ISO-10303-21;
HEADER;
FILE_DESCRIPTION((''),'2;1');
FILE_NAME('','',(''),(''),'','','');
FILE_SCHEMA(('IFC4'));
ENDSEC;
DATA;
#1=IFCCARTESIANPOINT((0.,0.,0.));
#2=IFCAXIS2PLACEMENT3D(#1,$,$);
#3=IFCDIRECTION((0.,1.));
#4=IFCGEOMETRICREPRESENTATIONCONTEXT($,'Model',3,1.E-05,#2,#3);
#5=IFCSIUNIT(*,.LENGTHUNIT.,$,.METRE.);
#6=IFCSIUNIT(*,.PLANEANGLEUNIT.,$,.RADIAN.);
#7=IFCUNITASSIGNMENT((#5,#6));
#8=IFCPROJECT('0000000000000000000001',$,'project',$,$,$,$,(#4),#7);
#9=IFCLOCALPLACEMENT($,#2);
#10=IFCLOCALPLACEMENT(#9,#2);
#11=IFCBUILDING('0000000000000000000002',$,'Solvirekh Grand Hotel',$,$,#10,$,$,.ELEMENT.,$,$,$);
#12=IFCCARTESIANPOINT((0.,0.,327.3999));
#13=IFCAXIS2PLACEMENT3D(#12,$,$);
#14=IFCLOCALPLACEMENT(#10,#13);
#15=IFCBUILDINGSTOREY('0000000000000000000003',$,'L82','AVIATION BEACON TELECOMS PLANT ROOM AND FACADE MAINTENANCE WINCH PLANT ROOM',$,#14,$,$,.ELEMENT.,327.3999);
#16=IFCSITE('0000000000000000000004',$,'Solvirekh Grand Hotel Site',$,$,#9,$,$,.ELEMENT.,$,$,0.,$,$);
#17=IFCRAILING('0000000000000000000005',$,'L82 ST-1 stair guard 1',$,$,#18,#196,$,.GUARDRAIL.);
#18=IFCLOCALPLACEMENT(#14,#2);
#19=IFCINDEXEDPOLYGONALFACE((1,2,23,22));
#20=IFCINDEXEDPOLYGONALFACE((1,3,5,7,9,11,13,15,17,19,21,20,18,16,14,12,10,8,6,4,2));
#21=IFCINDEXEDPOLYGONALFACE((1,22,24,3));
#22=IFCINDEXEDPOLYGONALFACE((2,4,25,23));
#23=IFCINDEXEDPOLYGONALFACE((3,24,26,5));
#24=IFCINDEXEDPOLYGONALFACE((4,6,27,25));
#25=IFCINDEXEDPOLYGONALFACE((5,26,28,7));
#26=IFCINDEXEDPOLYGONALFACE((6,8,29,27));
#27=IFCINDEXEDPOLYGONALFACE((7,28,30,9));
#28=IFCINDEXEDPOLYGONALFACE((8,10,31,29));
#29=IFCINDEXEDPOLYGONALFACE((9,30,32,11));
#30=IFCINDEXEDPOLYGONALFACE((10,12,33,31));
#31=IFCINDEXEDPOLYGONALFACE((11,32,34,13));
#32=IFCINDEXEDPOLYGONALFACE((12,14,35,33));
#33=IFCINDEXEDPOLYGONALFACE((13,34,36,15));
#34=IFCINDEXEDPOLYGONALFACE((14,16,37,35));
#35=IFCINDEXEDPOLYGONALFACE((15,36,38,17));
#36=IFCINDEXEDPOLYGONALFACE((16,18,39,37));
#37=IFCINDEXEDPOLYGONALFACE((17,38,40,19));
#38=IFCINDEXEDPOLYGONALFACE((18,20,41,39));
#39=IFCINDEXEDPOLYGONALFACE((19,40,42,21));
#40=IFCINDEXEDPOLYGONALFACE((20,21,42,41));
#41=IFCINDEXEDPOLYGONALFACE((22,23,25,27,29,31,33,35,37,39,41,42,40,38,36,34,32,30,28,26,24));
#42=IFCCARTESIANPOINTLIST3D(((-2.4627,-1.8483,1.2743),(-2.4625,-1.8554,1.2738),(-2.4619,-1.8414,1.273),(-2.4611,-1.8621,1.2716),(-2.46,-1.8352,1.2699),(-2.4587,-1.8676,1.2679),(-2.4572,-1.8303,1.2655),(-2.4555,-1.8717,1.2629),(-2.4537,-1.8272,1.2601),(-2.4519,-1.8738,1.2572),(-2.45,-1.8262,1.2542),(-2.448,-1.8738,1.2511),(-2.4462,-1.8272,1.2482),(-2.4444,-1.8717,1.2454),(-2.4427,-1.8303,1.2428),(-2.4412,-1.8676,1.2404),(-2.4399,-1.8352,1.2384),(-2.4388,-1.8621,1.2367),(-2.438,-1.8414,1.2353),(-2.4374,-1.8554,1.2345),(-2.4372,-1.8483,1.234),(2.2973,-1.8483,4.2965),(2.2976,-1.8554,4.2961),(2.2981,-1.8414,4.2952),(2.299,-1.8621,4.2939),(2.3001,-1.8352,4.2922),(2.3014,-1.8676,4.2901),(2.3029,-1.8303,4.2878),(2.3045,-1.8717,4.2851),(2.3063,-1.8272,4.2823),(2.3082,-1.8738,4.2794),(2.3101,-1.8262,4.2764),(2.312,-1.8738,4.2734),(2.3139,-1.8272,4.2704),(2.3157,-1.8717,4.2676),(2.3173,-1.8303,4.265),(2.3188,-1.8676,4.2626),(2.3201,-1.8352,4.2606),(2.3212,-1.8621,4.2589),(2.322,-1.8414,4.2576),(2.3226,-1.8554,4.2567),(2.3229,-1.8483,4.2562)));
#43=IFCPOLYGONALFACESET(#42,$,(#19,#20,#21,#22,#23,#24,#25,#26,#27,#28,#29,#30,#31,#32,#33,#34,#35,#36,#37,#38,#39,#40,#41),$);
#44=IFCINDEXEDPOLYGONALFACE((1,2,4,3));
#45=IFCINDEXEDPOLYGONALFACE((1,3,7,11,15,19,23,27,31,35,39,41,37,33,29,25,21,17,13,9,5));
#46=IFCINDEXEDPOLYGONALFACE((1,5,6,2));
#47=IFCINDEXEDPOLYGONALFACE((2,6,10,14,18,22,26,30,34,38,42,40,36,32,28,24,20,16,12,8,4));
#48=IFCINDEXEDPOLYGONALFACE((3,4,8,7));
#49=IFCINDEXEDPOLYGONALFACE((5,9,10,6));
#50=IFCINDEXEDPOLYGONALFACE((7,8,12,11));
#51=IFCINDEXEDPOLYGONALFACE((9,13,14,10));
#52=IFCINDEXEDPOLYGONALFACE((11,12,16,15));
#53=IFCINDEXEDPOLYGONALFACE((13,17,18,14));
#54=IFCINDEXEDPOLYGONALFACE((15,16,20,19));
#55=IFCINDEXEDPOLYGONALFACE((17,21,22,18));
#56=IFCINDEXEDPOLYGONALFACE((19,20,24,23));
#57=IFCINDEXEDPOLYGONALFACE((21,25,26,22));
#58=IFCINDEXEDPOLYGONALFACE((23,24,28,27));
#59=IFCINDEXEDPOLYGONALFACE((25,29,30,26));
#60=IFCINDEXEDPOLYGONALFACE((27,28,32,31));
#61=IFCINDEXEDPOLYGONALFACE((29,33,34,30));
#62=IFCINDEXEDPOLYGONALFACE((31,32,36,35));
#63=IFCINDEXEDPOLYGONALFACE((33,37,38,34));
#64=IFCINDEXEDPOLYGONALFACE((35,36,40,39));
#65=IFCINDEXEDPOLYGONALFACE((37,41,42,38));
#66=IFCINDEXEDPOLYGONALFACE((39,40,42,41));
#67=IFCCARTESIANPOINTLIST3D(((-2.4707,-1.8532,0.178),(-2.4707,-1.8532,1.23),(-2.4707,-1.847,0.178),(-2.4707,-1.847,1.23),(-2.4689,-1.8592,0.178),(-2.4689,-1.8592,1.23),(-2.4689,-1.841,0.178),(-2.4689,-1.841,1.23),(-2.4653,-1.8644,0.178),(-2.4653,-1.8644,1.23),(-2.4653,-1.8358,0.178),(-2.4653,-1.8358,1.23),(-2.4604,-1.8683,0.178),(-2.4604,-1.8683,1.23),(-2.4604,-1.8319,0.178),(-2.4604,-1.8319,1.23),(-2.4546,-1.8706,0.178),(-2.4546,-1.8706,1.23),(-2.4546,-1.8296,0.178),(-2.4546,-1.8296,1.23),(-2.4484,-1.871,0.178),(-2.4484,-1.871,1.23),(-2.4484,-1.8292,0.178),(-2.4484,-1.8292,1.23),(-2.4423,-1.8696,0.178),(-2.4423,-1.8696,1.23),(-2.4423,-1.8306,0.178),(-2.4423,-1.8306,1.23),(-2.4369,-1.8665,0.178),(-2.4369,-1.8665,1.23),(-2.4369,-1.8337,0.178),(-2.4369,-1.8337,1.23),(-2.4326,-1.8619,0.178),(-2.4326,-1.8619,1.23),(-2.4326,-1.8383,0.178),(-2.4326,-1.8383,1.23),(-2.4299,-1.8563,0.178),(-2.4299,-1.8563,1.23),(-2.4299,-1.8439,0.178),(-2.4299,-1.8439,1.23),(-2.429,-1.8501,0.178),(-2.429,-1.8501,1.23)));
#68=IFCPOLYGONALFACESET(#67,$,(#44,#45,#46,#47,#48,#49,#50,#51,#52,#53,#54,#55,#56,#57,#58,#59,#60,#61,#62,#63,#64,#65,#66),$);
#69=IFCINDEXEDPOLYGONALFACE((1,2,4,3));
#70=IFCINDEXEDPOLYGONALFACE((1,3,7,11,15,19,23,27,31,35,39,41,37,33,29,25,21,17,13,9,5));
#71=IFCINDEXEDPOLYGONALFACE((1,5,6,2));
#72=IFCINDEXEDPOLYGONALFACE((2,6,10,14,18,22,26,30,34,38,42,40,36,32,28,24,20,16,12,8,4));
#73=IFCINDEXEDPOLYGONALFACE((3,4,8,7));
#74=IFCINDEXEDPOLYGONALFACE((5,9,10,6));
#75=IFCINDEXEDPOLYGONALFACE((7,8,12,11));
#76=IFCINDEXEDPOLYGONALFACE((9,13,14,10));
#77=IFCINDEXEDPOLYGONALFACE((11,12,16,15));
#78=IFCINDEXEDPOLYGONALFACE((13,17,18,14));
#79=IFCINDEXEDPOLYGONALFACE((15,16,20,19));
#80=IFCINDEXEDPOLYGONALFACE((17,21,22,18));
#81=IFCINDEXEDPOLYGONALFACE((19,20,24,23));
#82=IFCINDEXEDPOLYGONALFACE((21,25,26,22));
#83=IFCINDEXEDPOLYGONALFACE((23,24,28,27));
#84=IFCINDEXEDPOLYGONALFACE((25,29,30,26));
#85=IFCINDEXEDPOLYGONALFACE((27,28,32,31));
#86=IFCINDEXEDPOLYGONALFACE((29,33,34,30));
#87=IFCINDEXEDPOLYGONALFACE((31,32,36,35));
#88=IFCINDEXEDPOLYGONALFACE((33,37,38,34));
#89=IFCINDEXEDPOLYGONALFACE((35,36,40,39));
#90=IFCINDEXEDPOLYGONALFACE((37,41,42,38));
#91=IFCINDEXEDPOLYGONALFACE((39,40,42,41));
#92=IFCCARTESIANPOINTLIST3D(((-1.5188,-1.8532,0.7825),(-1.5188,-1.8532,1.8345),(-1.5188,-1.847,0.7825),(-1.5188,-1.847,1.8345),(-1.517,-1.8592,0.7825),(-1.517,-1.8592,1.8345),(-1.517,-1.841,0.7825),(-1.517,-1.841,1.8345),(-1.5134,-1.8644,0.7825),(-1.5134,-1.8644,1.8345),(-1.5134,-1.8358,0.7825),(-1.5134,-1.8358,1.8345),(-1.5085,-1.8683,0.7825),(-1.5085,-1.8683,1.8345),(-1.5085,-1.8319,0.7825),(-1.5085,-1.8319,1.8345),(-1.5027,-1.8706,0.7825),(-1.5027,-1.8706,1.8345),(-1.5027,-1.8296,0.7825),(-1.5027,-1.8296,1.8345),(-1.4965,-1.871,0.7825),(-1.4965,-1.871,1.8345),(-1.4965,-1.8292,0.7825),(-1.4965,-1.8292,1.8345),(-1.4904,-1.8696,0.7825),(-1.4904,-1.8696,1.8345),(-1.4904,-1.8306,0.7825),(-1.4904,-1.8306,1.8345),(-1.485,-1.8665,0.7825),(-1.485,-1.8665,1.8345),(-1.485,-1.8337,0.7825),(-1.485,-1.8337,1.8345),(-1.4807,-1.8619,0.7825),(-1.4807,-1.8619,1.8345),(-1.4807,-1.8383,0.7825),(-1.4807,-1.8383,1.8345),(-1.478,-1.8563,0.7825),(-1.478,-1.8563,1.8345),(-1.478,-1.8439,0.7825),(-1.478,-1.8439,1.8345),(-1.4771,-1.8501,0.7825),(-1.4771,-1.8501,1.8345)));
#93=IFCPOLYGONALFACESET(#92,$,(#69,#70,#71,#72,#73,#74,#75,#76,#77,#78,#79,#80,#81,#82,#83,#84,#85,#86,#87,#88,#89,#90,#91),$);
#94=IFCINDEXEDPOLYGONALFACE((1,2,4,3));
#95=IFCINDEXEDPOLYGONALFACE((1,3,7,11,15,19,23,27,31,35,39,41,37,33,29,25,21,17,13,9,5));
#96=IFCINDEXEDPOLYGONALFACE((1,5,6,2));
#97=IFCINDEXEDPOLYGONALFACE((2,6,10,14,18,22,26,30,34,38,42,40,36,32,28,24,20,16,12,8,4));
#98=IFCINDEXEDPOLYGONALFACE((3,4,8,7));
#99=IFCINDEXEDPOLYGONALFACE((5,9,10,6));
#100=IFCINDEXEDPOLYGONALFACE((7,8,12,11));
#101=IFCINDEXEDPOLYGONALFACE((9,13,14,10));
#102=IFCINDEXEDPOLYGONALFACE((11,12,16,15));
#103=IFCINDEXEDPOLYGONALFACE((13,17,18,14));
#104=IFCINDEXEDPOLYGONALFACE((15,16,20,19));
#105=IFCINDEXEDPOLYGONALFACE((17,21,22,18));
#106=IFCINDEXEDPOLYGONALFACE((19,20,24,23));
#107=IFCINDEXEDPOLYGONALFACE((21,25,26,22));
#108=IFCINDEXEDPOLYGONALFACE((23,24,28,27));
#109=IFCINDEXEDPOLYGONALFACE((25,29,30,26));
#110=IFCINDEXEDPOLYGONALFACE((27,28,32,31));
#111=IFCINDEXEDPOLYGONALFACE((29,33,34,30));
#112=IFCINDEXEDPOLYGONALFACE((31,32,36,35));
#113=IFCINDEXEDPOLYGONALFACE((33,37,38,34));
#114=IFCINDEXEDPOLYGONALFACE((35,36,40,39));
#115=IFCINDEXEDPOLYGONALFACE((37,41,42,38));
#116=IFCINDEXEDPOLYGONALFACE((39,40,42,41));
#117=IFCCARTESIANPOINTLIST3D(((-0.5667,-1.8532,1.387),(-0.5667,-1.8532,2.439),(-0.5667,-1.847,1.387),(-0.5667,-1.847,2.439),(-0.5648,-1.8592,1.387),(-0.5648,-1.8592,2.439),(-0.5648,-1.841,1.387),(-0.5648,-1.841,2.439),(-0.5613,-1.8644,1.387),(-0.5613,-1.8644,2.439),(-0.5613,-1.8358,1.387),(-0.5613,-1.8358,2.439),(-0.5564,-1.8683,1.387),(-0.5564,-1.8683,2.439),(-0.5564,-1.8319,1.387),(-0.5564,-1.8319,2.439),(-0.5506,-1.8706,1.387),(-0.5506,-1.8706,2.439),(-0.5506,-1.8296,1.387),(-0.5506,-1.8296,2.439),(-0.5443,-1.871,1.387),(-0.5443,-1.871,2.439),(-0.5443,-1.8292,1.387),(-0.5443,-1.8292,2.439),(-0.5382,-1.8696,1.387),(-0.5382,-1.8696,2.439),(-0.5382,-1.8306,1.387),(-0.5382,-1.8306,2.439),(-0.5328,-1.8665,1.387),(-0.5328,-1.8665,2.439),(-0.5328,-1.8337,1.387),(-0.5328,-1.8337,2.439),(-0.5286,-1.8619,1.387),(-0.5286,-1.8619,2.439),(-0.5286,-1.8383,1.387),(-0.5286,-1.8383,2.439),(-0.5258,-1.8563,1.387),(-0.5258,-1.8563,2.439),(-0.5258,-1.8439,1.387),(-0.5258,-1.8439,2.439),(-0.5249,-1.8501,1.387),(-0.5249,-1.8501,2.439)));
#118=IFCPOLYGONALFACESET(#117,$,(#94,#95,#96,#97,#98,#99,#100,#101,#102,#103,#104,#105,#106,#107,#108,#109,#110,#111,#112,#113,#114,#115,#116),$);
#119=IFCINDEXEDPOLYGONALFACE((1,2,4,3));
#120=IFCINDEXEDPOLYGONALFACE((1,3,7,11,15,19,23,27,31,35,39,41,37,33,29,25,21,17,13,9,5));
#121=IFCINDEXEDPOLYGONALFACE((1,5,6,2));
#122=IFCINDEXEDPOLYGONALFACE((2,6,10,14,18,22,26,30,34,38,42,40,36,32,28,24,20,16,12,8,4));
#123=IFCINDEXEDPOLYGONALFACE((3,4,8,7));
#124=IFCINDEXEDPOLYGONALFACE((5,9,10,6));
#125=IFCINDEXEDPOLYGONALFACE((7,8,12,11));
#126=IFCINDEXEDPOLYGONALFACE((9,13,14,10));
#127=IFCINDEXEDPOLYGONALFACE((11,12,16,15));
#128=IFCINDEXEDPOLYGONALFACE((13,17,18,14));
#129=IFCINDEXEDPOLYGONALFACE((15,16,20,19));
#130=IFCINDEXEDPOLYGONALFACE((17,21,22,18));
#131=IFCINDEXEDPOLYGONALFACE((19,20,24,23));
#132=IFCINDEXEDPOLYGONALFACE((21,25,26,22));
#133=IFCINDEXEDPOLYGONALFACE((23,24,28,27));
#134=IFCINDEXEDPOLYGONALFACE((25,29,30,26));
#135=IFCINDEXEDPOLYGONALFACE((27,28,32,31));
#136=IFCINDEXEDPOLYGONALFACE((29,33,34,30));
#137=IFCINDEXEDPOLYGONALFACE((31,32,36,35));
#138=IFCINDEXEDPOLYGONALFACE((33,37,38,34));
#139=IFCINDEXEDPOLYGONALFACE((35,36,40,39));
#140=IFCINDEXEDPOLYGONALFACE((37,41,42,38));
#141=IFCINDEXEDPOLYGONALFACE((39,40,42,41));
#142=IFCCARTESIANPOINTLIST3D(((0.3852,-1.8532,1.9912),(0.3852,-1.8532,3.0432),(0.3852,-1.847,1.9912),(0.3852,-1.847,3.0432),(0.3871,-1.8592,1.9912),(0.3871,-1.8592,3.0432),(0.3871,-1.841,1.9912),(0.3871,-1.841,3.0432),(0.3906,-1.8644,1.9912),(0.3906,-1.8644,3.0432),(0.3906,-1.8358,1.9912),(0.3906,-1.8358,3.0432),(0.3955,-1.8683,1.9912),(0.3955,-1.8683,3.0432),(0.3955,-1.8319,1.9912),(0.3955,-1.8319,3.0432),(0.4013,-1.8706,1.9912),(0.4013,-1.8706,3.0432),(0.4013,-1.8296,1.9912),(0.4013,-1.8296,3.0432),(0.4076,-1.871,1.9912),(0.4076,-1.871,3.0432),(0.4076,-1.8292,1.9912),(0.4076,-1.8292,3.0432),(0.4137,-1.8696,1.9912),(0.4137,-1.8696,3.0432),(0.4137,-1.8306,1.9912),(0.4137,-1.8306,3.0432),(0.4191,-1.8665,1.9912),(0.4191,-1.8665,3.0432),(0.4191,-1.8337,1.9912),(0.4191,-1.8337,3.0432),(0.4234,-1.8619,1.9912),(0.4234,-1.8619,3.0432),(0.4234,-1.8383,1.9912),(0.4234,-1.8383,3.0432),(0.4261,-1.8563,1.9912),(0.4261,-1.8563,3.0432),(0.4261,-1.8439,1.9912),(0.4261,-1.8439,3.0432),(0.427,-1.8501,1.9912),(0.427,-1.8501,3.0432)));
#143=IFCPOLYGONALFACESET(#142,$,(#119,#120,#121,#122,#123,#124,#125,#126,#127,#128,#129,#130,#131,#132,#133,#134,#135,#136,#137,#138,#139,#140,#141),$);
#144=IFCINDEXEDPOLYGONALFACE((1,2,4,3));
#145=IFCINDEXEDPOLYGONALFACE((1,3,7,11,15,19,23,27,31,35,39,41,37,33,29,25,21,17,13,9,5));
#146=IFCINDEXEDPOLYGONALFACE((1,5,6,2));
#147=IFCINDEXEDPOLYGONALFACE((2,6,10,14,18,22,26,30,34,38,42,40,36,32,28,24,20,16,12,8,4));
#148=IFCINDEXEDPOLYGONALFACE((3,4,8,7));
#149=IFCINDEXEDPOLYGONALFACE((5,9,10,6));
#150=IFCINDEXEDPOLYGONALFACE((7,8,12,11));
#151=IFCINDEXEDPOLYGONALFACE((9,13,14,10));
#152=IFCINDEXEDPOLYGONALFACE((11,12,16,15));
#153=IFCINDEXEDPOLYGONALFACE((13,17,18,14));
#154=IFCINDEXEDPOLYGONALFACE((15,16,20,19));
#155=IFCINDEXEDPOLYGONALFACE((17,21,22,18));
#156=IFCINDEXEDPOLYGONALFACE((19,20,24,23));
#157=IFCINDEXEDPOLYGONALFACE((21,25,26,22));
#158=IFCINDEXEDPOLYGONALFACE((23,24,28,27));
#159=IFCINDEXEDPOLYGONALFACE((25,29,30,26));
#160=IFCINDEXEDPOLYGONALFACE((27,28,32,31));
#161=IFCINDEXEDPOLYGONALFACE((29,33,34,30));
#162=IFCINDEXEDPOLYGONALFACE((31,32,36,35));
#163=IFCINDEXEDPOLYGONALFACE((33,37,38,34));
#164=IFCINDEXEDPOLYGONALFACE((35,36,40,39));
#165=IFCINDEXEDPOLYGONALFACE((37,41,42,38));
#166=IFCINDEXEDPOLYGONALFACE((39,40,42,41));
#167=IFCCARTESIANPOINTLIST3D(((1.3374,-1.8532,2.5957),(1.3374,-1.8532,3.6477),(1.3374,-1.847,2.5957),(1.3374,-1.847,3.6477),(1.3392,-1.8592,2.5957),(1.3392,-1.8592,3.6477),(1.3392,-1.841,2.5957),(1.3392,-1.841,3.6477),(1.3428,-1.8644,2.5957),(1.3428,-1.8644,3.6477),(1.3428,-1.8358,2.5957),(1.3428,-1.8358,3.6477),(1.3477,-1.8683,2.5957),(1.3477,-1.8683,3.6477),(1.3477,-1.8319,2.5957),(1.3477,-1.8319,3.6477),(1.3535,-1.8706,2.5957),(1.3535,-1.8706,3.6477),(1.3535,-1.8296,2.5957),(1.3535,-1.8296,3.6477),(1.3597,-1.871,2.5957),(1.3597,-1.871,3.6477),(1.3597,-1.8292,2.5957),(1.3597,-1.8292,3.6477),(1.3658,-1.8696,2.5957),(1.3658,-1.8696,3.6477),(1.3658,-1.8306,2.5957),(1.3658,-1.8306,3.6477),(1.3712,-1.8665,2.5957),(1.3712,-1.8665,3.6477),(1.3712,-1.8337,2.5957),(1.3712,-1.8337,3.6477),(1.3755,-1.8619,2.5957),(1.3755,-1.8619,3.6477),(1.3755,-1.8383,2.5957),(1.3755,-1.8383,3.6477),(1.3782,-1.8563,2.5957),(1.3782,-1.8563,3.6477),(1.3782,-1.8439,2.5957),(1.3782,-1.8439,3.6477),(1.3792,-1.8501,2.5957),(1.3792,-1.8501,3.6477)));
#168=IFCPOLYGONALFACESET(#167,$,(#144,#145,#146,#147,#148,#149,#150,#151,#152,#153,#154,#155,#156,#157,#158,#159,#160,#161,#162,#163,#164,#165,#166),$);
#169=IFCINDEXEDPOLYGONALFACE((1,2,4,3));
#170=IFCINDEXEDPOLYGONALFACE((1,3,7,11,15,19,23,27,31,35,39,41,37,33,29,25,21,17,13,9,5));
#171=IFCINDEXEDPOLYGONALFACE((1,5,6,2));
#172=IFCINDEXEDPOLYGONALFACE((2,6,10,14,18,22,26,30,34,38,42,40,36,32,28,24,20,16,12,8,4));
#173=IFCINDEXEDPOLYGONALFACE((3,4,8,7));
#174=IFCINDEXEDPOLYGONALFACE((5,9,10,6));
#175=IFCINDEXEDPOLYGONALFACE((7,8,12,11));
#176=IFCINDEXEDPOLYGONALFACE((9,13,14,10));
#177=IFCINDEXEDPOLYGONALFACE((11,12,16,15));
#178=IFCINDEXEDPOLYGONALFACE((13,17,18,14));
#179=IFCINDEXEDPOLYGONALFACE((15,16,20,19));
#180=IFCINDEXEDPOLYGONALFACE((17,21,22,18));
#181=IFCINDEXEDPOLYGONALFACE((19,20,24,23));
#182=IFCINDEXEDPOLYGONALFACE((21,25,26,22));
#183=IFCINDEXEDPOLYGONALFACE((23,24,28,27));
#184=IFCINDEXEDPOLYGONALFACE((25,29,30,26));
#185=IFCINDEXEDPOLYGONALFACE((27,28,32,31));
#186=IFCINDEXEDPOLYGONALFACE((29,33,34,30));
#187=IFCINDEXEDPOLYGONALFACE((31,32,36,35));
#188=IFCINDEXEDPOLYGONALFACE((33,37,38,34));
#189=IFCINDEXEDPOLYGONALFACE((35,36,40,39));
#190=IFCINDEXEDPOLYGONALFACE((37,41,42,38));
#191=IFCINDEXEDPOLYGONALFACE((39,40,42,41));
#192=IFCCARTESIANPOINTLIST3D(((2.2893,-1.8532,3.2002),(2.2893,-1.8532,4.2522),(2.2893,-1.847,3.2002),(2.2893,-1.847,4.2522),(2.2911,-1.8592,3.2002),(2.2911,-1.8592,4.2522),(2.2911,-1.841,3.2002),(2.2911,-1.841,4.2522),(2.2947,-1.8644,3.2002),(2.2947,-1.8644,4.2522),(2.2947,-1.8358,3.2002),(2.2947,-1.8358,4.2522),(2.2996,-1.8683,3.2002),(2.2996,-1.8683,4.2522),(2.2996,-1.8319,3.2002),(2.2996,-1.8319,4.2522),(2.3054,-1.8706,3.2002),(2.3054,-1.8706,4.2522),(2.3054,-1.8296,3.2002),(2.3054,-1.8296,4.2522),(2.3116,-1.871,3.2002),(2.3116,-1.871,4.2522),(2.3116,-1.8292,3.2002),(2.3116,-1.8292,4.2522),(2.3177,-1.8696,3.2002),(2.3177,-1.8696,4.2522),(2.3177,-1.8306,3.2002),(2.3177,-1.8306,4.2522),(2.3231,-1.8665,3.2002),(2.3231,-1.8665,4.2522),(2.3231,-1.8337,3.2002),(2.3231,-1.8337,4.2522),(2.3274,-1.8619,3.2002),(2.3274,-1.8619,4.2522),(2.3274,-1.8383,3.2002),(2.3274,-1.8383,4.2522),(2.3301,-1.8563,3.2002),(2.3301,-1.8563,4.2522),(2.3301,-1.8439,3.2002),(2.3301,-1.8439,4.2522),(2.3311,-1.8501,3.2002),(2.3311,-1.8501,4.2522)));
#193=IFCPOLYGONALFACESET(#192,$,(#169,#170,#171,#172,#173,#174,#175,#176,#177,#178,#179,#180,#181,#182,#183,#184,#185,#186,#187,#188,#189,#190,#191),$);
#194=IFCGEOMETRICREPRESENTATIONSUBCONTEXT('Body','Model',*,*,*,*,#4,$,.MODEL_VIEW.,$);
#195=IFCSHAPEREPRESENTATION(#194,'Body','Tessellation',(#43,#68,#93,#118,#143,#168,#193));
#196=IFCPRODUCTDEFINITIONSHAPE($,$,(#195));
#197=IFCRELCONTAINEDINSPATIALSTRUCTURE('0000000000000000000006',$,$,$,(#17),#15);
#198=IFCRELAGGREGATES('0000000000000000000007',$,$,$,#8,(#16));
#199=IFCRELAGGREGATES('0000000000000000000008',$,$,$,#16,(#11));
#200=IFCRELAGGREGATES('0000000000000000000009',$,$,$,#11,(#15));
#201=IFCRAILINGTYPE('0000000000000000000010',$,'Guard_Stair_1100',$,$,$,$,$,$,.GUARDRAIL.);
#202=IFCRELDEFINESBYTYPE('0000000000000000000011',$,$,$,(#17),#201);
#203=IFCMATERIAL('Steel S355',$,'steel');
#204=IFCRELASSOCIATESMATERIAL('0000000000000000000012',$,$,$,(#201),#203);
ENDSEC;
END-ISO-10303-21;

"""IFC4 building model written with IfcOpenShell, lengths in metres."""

from ifc_helpers import new_model, si_unit, direction, frame, origin, origin_2d, place, context, subcontext, project, spatial, circle, extrude, material, type_object, element, save


model = new_model("IFC4")

# Units and contexts
model_context = context("Model", 3, precision=1e-05, world=origin(), true_north=direction((0.0, 1.0)))
body_context = subcontext(model_context, "Body", "Model", "MODEL_VIEW")
ifc_project = project(units=[si_unit("LENGTHUNIT", "METRE"), si_unit("PLANEANGLEUNIT", "RADIAN")], contexts=[model_context])

# Site, building, storey
site_placement = place(None, origin())
site = spatial("IfcSite", under=ifc_project, at=site_placement, Name="Solvirekh Grand Hotel Site", CompositionType="ELEMENT", RefElevation=0.0)
building_placement = place(site_placement, origin())
building = spatial("IfcBuilding", under=site, at=building_placement, Name="Solvirekh Grand Hotel", CompositionType="ELEMENT")
storey_placement = place(building_placement, frame((0.0, 0.0, 327.3999)))
storey = spatial("IfcBuildingStorey", under=building, at=storey_placement, Name="L82", Description="AVIATION BEACON TELECOMS PLANT ROOM AND FACADE MAINTENANCE WINCH PLANT ROOM", CompositionType="ELEMENT", Elevation=327.3999)

# Shared definitions
ifc_material_1 = material(Name="Steel S355", Category="steel")

# Railing
railing_type_1 = type_object("IfcRailingType", Name="Guard_Stair_1100", PredefinedType="GUARDRAIL", material=ifc_material_1)
railing_1_placement = place(storey_placement, frame((-2.45, -1.8501, 0.178)))
element("IfcRailing", 1, at=railing_1_placement, inside=storey, type_object=railing_type_1, Name="L82 ST-1 stair guard 1", PredefinedType="GUARDRAIL", context=body_context, shape_type="SweptSolid", body=[
    extrude(circle(Radius=0.0239, at=origin_2d()), frame((0.0, 0.0, 1.0762), z_axis=(0.844214, 0.0, 0.536007), x_axis=(0.0, 1.0, 0.0)), (0.0, 0.0, 1.0), 5.6384),
    extrude(circle(Radius=0.021, at=origin_2d()), origin(), (0.0, 0.0, 1.0), 1.052),
    extrude(circle(Radius=0.021, at=origin_2d()), frame((0.9519, 0.0, 0.6045)), (0.0, 0.0, 1.0), 1.052),
    extrude(circle(Radius=0.021, at=origin_2d()), frame((1.9041, 0.0, 1.209)), (0.0, 0.0, 1.0), 1.052),
    extrude(circle(Radius=0.021, at=origin_2d()), frame((2.856, 0.0, 1.8132)), (0.0, 0.0, 1.0), 1.052),
    extrude(circle(Radius=0.021, at=origin_2d()), frame((3.8081, 0.0, 2.4177)), (0.0, 0.0, 1.0), 1.052),
    extrude(circle(Radius=0.021, at=origin_2d()), frame((4.76, 0.0, 3.0222)), (0.0, 0.0, 1.0), 1.052),
])

save(model, "model.ifc")
